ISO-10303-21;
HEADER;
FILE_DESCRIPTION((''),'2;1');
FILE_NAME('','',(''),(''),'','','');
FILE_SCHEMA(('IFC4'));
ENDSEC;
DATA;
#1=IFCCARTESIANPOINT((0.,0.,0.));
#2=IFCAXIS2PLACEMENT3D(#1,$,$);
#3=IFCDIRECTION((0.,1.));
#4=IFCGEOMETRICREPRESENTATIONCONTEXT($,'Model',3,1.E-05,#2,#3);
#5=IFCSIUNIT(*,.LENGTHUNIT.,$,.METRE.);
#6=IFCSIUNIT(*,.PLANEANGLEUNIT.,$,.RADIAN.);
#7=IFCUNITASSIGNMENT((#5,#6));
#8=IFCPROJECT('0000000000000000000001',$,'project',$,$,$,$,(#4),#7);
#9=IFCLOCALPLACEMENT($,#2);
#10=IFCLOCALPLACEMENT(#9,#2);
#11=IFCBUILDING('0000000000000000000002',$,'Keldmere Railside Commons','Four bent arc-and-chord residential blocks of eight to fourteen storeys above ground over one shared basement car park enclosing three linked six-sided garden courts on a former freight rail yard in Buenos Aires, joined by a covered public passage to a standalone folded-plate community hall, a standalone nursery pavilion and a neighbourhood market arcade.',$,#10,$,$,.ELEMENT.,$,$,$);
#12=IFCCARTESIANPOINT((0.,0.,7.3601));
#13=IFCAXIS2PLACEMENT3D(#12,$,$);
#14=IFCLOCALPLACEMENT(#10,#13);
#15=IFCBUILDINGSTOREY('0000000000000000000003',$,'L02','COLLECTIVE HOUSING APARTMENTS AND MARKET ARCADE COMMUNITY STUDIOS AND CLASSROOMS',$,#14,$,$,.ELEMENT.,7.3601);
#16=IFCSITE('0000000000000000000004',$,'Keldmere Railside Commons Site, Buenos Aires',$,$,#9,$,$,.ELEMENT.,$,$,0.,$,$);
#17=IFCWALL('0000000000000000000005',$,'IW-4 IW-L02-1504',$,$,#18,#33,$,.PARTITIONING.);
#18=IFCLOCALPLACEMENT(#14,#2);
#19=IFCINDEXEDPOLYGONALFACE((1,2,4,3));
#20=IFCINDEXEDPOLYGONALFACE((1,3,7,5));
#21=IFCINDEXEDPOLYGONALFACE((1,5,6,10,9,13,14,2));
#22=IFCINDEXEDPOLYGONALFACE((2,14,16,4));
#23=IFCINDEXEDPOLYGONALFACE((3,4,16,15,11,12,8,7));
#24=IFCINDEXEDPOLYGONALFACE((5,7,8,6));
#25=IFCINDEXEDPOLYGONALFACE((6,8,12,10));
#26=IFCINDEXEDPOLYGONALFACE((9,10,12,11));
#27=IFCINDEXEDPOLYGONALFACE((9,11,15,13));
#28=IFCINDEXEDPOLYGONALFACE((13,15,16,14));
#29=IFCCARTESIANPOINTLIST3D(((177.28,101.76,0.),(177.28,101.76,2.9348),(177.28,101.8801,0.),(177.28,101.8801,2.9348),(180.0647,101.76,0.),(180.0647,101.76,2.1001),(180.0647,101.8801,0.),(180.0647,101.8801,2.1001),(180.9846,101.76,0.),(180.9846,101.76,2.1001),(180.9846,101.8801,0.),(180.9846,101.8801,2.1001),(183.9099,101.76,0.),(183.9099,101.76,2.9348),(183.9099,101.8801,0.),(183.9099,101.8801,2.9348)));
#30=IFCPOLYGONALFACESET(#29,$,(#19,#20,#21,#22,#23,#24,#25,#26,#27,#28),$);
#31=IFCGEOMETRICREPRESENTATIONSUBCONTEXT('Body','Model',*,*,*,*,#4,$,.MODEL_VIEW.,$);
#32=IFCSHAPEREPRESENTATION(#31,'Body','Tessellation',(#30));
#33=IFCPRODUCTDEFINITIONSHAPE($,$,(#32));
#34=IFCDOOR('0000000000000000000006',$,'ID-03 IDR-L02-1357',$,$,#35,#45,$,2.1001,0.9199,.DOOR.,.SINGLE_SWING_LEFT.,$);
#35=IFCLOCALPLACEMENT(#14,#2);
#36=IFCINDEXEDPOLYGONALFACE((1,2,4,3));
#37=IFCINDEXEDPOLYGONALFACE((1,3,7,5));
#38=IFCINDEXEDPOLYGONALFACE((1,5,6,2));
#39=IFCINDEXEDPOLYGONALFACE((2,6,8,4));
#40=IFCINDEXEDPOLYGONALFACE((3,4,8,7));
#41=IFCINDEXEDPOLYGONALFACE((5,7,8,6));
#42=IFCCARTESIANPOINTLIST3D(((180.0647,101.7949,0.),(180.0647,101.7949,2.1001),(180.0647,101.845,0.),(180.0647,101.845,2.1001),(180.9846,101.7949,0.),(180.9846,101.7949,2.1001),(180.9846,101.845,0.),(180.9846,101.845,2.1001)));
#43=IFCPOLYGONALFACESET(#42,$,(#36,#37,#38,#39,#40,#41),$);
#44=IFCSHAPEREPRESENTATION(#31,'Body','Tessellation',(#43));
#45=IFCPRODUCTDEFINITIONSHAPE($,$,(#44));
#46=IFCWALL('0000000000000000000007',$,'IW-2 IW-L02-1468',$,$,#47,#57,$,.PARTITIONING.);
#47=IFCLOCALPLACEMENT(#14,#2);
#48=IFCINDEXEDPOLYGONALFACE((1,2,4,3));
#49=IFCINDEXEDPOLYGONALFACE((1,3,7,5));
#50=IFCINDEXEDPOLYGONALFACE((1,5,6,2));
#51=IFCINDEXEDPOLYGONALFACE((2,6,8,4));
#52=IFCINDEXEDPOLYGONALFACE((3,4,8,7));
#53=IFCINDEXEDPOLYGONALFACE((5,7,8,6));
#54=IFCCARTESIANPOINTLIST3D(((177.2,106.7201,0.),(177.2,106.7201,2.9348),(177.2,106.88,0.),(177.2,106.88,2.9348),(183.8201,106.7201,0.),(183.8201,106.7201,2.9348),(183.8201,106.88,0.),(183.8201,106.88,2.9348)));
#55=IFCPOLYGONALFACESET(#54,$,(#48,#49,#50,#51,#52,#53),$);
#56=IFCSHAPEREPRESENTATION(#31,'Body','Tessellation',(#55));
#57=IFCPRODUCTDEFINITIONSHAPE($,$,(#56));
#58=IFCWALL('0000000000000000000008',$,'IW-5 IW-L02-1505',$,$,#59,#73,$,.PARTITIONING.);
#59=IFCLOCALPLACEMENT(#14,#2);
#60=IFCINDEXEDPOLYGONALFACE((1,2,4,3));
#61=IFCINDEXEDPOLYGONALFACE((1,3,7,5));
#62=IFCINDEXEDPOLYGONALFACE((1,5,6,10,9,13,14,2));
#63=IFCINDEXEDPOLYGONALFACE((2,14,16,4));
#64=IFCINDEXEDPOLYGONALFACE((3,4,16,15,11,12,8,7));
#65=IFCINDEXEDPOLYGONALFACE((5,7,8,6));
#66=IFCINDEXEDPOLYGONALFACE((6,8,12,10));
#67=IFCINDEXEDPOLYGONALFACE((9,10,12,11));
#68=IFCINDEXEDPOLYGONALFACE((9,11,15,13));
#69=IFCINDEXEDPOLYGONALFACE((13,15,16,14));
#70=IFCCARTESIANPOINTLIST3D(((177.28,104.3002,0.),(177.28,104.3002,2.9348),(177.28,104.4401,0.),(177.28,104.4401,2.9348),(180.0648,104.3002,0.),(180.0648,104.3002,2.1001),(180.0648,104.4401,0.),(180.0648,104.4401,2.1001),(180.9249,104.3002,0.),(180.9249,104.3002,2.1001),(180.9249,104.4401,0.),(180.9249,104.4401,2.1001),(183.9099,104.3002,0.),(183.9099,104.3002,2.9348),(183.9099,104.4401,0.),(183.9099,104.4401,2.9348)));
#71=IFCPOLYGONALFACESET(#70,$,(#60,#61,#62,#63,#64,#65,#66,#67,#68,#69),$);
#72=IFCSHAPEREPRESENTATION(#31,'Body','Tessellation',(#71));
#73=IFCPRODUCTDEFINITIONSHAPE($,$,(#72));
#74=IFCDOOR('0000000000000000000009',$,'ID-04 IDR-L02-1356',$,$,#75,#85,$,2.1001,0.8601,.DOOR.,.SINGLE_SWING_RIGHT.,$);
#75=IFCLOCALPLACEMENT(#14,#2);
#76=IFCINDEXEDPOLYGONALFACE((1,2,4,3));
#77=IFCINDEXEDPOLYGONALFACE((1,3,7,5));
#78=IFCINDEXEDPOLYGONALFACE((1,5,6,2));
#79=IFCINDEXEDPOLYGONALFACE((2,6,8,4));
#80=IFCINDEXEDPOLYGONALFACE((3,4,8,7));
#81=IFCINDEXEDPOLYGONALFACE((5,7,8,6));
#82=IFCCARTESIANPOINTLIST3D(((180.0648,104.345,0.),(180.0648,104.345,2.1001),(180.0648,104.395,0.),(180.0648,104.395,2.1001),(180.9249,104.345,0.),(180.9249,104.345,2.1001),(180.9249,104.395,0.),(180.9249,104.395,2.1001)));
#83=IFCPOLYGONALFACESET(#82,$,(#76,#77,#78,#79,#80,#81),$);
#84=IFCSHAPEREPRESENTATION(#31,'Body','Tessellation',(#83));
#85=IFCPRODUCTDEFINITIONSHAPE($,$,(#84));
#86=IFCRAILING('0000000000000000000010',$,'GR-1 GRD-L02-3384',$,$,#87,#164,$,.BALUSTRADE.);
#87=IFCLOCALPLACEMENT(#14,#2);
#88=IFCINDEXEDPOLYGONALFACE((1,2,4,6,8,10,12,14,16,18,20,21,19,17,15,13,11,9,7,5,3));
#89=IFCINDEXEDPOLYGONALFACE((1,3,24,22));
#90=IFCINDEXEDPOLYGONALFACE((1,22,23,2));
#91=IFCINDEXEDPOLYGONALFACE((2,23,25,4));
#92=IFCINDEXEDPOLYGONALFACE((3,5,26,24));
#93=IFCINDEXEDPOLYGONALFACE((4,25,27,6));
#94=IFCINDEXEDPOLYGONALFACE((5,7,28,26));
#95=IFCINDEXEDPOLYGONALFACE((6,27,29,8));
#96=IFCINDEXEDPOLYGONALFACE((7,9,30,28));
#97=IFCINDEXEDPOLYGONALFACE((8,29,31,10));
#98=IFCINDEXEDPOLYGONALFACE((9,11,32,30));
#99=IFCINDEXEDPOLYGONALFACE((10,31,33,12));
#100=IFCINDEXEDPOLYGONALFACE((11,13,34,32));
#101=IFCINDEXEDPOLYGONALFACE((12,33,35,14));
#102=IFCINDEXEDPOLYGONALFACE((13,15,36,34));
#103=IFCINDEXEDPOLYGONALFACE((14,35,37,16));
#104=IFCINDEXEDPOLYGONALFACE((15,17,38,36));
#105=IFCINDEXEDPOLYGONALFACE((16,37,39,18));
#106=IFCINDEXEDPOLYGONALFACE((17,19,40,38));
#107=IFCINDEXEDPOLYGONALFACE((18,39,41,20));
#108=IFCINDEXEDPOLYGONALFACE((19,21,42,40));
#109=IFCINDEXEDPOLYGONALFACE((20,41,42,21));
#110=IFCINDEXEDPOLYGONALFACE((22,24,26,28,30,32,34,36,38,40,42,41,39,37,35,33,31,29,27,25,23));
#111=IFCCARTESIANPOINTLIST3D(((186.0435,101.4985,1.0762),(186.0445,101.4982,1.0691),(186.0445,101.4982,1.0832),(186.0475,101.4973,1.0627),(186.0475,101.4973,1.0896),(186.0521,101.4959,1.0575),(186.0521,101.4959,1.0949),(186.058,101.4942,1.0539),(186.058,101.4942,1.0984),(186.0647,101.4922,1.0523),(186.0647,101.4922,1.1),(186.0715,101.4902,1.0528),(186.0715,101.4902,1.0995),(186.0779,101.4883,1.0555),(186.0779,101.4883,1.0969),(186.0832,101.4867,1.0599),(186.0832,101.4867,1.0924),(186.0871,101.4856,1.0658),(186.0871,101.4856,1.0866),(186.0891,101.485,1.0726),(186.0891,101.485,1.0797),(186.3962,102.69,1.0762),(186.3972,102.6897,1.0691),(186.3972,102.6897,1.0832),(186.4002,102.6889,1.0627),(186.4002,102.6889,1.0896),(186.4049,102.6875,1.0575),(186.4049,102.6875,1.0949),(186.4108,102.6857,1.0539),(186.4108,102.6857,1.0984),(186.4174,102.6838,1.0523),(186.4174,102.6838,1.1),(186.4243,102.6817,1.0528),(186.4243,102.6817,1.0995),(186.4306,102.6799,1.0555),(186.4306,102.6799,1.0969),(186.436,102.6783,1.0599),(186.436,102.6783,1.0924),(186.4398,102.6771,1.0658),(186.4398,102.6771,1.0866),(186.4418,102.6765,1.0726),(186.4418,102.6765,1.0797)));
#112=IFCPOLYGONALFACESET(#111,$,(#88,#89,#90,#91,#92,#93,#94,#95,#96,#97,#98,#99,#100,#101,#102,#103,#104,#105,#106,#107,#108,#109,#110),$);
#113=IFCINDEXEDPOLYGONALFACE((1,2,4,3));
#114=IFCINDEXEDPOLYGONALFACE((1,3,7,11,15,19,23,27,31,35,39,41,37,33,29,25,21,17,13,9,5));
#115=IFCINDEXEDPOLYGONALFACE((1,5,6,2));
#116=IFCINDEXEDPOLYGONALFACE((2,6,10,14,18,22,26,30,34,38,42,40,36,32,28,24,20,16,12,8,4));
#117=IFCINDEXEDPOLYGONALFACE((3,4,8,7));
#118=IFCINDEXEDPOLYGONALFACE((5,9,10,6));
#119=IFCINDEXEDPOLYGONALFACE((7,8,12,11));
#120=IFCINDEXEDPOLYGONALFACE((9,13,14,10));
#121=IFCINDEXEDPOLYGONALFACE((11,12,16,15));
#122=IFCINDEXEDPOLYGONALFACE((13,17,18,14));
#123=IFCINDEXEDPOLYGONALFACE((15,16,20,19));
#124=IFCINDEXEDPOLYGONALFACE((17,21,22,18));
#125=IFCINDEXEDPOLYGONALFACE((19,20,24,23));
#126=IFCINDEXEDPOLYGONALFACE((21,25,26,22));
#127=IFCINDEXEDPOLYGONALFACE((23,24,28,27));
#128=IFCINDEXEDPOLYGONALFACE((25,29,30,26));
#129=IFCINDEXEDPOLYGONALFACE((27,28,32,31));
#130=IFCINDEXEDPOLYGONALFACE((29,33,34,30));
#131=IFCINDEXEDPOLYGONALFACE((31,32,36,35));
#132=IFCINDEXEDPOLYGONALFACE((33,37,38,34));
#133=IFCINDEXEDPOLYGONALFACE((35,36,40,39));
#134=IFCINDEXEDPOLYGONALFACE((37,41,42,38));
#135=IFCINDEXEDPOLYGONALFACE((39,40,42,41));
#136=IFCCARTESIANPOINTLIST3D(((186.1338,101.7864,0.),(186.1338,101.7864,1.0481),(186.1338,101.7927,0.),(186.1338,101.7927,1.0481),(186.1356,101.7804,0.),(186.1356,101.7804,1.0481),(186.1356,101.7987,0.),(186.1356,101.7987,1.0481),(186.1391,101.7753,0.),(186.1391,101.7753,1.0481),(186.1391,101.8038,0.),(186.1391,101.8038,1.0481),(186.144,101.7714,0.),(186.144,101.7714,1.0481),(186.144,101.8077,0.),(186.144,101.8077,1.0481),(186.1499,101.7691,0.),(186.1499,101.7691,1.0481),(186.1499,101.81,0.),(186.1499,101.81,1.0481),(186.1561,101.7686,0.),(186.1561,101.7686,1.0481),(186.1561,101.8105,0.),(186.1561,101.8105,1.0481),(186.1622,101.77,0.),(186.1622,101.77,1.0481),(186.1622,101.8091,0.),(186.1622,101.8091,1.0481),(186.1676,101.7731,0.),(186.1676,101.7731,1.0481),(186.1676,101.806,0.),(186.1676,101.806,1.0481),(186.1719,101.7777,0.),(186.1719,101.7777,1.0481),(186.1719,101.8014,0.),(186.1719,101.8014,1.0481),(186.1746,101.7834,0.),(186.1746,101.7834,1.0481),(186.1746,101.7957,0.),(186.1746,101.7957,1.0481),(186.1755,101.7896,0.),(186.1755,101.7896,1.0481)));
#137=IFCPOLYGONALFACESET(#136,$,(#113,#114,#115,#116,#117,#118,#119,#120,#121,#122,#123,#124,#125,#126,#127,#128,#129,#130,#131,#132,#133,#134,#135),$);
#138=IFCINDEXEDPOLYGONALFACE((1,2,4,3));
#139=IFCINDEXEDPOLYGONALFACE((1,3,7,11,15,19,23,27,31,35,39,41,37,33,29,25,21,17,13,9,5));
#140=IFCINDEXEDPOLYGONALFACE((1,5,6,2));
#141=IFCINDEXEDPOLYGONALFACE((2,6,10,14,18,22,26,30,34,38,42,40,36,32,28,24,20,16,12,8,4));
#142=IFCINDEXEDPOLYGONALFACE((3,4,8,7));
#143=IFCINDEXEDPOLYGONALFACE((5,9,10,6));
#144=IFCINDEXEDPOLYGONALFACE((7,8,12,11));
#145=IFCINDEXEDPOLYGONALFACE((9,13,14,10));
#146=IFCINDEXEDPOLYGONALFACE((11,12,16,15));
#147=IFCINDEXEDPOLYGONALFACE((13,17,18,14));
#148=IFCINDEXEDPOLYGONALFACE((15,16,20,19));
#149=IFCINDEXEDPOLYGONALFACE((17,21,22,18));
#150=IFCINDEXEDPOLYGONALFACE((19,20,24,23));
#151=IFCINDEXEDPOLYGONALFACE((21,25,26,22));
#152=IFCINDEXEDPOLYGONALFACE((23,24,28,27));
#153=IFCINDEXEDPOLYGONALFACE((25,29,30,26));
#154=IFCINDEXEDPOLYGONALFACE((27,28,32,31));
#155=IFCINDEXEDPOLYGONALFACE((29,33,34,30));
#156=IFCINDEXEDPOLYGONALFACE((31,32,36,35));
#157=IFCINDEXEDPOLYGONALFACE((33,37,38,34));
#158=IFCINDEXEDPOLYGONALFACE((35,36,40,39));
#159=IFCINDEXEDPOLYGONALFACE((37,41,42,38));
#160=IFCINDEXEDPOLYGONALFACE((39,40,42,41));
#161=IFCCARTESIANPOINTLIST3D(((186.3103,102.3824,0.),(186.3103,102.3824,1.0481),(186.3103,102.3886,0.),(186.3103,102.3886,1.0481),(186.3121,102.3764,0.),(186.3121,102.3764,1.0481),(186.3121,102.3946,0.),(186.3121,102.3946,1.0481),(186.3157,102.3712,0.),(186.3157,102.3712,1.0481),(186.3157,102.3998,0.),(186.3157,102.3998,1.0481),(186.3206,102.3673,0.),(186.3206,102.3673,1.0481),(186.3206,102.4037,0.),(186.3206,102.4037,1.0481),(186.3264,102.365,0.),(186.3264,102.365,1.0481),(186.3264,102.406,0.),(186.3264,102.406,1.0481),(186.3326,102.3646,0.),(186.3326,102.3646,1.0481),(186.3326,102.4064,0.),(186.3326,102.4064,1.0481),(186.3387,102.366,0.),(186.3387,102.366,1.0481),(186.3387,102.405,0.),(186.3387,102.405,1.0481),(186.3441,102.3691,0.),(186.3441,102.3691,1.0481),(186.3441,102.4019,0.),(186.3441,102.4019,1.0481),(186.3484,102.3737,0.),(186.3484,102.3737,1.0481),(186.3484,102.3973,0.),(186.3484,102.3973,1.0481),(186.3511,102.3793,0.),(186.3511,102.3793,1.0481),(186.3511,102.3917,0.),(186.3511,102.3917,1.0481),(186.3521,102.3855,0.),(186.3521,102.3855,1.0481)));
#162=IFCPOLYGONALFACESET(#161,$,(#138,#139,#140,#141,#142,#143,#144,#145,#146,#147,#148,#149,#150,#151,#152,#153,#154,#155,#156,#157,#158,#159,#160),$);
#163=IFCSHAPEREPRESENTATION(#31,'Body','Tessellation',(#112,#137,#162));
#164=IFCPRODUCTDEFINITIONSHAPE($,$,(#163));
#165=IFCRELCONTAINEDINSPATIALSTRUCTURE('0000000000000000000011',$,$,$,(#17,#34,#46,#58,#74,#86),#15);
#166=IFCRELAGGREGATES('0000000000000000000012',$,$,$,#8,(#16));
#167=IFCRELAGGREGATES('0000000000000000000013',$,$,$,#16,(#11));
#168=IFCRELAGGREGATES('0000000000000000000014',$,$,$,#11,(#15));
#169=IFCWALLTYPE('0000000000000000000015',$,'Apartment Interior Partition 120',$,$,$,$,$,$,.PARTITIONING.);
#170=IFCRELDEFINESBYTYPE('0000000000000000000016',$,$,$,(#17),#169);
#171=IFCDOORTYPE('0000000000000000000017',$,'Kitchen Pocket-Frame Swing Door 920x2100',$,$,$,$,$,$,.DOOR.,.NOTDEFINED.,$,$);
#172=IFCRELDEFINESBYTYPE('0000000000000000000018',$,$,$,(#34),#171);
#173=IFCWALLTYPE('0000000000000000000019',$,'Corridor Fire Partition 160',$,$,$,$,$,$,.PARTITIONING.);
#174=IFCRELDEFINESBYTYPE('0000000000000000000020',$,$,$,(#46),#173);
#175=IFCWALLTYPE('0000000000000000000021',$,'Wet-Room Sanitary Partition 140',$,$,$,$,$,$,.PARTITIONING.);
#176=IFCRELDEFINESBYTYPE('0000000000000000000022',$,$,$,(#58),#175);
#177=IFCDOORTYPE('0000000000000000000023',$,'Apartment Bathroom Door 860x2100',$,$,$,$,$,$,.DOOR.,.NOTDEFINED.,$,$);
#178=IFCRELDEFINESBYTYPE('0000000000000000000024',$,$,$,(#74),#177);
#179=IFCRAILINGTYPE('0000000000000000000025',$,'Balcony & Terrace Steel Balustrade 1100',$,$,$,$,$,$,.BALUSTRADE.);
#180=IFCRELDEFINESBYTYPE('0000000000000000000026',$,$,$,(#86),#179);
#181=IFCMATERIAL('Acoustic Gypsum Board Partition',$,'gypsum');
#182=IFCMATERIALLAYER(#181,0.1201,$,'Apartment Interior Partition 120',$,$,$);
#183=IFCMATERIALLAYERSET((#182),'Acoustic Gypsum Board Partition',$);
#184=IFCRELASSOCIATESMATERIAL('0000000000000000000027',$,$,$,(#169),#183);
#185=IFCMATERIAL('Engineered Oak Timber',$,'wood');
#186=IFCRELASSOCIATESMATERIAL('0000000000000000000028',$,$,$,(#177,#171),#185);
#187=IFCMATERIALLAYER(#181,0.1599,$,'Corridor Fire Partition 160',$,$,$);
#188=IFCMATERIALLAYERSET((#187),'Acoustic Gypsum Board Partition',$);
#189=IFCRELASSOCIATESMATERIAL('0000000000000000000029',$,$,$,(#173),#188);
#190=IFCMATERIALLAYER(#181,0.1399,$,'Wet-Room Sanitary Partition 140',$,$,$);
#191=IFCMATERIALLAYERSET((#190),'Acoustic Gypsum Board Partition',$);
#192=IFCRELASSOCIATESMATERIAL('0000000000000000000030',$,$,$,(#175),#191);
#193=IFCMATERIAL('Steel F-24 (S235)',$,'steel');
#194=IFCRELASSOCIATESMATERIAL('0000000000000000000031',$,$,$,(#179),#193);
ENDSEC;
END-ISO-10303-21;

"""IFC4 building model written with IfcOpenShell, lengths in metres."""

from ifc_helpers import new_model, si_unit, direction, frame, frame_2d, origin, origin_2d, place, context, subcontext, project, spatial, rectangle, circle, extrude, material, layer, layer_set, type_object, element, fill, save


model = new_model("IFC4")

# Units and contexts
model_context = context("Model", 3, precision=1e-05, world=origin(), true_north=direction((0.0, 1.0)))
body_context = subcontext(model_context, "Body", "Model", "MODEL_VIEW")
ifc_project = project(units=[si_unit("LENGTHUNIT", "METRE"), si_unit("PLANEANGLEUNIT", "RADIAN")], contexts=[model_context])

# Site, building, storey
site_placement = place(None, origin())
site = spatial("IfcSite", under=ifc_project, at=site_placement, Name="Keldmere Railside Commons Site, Buenos Aires", CompositionType="ELEMENT", RefElevation=0.0)
building_placement = place(site_placement, origin())
building = spatial("IfcBuilding", under=site, at=building_placement, Name="Keldmere Railside Commons", Description="Four bent arc-and-chord residential blocks of eight to fourteen storeys above ground over one shared basement car park enclosing three linked six-sided garden courts on a former freight rail yard in Buenos Aires, joined by a covered public passage to a standalone folded-plate community hall, a standalone nursery pavilion and a neighbourhood market arcade.", CompositionType="ELEMENT")
storey_placement = place(building_placement, frame((0.0, 0.0, 7.3601)))
storey = spatial("IfcBuildingStorey", under=building, at=storey_placement, Name="L02", Description="COLLECTIVE HOUSING APARTMENTS AND MARKET ARCADE COMMUNITY STUDIOS AND CLASSROOMS", CompositionType="ELEMENT", Elevation=7.3601)

# Shared definitions
ifc_material_1 = material(Name="Acoustic Gypsum Board Partition", Category="gypsum")
ifc_layer_1 = layer(ifc_material_1, 0.1201, Name="Apartment Interior Partition 120")
ifc_layer_set_1 = layer_set([ifc_layer_1], Name="Acoustic Gypsum Board Partition")
wall_type_1 = type_object("IfcWallType", Name="Apartment Interior Partition 120", PredefinedType="PARTITIONING", material=ifc_layer_set_1)
ifc_material_2 = material(Name="Engineered Oak Timber", Category="wood")
door_type_1 = type_object("IfcDoorType", Name="Apartment Bathroom Door 860x2100", OperationType="NOTDEFINED", PredefinedType="DOOR", material=ifc_material_2)

# Wall, opening, door
wall_1_placement = place(storey_placement, frame((177.28, 101.8201, 0.0), z_axis=(0.0, 0.0, 1.0), x_axis=(1.0, 0.0, 0.0)))
wall_1 = element("IfcWall", 1, at=wall_1_placement, inside=storey, type_object=wall_type_1, Name="IW-4 IW-L02-1504", PredefinedType="PARTITIONING", context=body_context, shape_type="SweptSolid", body=[
    extrude(rectangle(XDim=6.6299, YDim=0.1201, at=frame_2d((3.3149, 0.0))), origin(), (0.0, 0.0, 1.0), 2.9348),
])
opening_1_placement = place(wall_1_placement, frame((2.7847, 0.0, 0.0)))
opening_1 = element("IfcOpeningElement", 2, at=opening_1_placement, cuts=wall_1, PredefinedType="OPENING", context=body_context, shape_type="SweptSolid", body=[
    extrude(rectangle(XDim=0.9199, YDim=2.1001, at=frame_2d((0.46, 1.05))), frame((0.0, 0.0701, 0.0), z_axis=(0.0, -1.0, 0.0), x_axis=(1.0, 0.0, 0.0)), (0.0, 0.0, 1.0), 0.1401),
])
door_type_2 = type_object("IfcDoorType", Name="Kitchen Pocket-Frame Swing Door 920x2100", OperationType="NOTDEFINED", PredefinedType="DOOR", material=ifc_material_2)
door_1_placement = place(opening_1_placement, origin())
door_1 = element("IfcDoor", 3, at=door_1_placement, inside=storey, type_object=door_type_2, Name="ID-03 IDR-L02-1357", OperationType="SINGLE_SWING_LEFT", OverallHeight=2.1001, OverallWidth=0.9199, PredefinedType="DOOR", context=body_context, shape_type="SweptSolid", body=[
    extrude(rectangle(XDim=0.9199, YDim=2.1001, at=frame_2d((0.46, 1.05))), frame((0.0, 0.0249, 0.0), z_axis=(0.0, -1.0, 0.0), x_axis=(1.0, 0.0, 0.0)), (0.0, 0.0, 1.0), 0.05),
])
fill(opening_1, door_1)

# Wall
ifc_layer_2 = layer(ifc_material_1, 0.1599, Name="Corridor Fire Partition 160")
ifc_layer_set_2 = layer_set([ifc_layer_2], Name="Acoustic Gypsum Board Partition")
wall_type_2 = type_object("IfcWallType", Name="Corridor Fire Partition 160", PredefinedType="PARTITIONING", material=ifc_layer_set_2)
wall_2_placement = place(storey_placement, frame((177.2, 106.8, 0.0), z_axis=(0.0, 0.0, 1.0), x_axis=(1.0, 0.0, 0.0)))
element("IfcWall", 4, at=wall_2_placement, inside=storey, type_object=wall_type_2, Name="IW-2 IW-L02-1468", PredefinedType="PARTITIONING", context=body_context, shape_type="SweptSolid", body=[
    extrude(rectangle(XDim=6.6201, YDim=0.1599, at=frame_2d((3.3101, 0.0))), origin(), (0.0, 0.0, 1.0), 2.9348),
])

# Wall, opening, door
ifc_layer_3 = layer(ifc_material_1, 0.1399, Name="Wet-Room Sanitary Partition 140")
ifc_layer_set_3 = layer_set([ifc_layer_3], Name="Acoustic Gypsum Board Partition")
wall_type_3 = type_object("IfcWallType", Name="Wet-Room Sanitary Partition 140", PredefinedType="PARTITIONING", material=ifc_layer_set_3)
wall_3_placement = place(storey_placement, frame((177.28, 104.3701, 0.0), z_axis=(0.0, 0.0, 1.0), x_axis=(1.0, 0.0, 0.0)))
wall_3 = element("IfcWall", 5, at=wall_3_placement, inside=storey, type_object=wall_type_3, Name="IW-5 IW-L02-1505", PredefinedType="PARTITIONING", context=body_context, shape_type="SweptSolid", body=[
    extrude(rectangle(XDim=6.6299, YDim=0.1399, at=frame_2d((3.3149, 0.0))), origin(), (0.0, 0.0, 1.0), 2.9348),
])
opening_2_placement = place(wall_3_placement, frame((2.7847, 0.0, 0.0)))
opening_2 = element("IfcOpeningElement", 6, at=opening_2_placement, cuts=wall_3, PredefinedType="OPENING", context=body_context, shape_type="SweptSolid", body=[
    extrude(rectangle(XDim=0.8601, YDim=2.1001, at=frame_2d((0.4302, 1.05))), frame((0.0, 0.0798, 0.0), z_axis=(0.0, -1.0, 0.0), x_axis=(1.0, 0.0, 0.0)), (0.0, 0.0, 1.0), 0.1599),
])
door_2_placement = place(opening_2_placement, origin())
door_2 = element("IfcDoor", 7, at=door_2_placement, inside=storey, type_object=door_type_1, Name="ID-04 IDR-L02-1356", OperationType="SINGLE_SWING_RIGHT", OverallHeight=2.1001, OverallWidth=0.8601, PredefinedType="DOOR", context=body_context, shape_type="SweptSolid", body=[
    extrude(rectangle(XDim=0.8601, YDim=2.1001, at=frame_2d((0.4302, 1.05))), frame((0.0, 0.0249, 0.0), z_axis=(0.0, -1.0, 0.0), x_axis=(1.0, 0.0, 0.0)), (0.0, 0.0, 1.0), 0.05),
])
fill(opening_2, door_2)

# Railing
ifc_material_3 = material(Name="Steel F-24 (S235)", Category="steel")
railing_type = type_object("IfcRailingType", Name="Balcony & Terrace Steel Balustrade 1100", PredefinedType="BALUSTRADE", material=ifc_material_3)
railing_1_placement = place(storey_placement, frame((186.0664, 101.4917, 0.0)))
element("IfcRailing", 8, at=railing_1_placement, inside=storey, type_object=railing_type, Name="GR-1 GRD-L02-3384", PredefinedType="BALUSTRADE", context=body_context, shape_type="SweptSolid", body=[
    extrude(circle(Radius=0.0239, at=origin_2d()), frame((0.0, 0.0, 1.0762), z_axis=(0.283868, 0.958863, 0.0), x_axis=(-0.958863, 0.283868, 0.0)), (0.0, 0.0, 1.0), 1.2427),
    extrude(circle(Radius=0.021, at=origin_2d()), frame((0.0881, 0.2979, 0.0)), (0.0, 0.0, 1.0), 1.0481),
    extrude(circle(Radius=0.021, at=origin_2d()), frame((0.2646, 0.8938, 0.0)), (0.0, 0.0, 1.0), 1.0481),
])

save(model, "model.ifc")
